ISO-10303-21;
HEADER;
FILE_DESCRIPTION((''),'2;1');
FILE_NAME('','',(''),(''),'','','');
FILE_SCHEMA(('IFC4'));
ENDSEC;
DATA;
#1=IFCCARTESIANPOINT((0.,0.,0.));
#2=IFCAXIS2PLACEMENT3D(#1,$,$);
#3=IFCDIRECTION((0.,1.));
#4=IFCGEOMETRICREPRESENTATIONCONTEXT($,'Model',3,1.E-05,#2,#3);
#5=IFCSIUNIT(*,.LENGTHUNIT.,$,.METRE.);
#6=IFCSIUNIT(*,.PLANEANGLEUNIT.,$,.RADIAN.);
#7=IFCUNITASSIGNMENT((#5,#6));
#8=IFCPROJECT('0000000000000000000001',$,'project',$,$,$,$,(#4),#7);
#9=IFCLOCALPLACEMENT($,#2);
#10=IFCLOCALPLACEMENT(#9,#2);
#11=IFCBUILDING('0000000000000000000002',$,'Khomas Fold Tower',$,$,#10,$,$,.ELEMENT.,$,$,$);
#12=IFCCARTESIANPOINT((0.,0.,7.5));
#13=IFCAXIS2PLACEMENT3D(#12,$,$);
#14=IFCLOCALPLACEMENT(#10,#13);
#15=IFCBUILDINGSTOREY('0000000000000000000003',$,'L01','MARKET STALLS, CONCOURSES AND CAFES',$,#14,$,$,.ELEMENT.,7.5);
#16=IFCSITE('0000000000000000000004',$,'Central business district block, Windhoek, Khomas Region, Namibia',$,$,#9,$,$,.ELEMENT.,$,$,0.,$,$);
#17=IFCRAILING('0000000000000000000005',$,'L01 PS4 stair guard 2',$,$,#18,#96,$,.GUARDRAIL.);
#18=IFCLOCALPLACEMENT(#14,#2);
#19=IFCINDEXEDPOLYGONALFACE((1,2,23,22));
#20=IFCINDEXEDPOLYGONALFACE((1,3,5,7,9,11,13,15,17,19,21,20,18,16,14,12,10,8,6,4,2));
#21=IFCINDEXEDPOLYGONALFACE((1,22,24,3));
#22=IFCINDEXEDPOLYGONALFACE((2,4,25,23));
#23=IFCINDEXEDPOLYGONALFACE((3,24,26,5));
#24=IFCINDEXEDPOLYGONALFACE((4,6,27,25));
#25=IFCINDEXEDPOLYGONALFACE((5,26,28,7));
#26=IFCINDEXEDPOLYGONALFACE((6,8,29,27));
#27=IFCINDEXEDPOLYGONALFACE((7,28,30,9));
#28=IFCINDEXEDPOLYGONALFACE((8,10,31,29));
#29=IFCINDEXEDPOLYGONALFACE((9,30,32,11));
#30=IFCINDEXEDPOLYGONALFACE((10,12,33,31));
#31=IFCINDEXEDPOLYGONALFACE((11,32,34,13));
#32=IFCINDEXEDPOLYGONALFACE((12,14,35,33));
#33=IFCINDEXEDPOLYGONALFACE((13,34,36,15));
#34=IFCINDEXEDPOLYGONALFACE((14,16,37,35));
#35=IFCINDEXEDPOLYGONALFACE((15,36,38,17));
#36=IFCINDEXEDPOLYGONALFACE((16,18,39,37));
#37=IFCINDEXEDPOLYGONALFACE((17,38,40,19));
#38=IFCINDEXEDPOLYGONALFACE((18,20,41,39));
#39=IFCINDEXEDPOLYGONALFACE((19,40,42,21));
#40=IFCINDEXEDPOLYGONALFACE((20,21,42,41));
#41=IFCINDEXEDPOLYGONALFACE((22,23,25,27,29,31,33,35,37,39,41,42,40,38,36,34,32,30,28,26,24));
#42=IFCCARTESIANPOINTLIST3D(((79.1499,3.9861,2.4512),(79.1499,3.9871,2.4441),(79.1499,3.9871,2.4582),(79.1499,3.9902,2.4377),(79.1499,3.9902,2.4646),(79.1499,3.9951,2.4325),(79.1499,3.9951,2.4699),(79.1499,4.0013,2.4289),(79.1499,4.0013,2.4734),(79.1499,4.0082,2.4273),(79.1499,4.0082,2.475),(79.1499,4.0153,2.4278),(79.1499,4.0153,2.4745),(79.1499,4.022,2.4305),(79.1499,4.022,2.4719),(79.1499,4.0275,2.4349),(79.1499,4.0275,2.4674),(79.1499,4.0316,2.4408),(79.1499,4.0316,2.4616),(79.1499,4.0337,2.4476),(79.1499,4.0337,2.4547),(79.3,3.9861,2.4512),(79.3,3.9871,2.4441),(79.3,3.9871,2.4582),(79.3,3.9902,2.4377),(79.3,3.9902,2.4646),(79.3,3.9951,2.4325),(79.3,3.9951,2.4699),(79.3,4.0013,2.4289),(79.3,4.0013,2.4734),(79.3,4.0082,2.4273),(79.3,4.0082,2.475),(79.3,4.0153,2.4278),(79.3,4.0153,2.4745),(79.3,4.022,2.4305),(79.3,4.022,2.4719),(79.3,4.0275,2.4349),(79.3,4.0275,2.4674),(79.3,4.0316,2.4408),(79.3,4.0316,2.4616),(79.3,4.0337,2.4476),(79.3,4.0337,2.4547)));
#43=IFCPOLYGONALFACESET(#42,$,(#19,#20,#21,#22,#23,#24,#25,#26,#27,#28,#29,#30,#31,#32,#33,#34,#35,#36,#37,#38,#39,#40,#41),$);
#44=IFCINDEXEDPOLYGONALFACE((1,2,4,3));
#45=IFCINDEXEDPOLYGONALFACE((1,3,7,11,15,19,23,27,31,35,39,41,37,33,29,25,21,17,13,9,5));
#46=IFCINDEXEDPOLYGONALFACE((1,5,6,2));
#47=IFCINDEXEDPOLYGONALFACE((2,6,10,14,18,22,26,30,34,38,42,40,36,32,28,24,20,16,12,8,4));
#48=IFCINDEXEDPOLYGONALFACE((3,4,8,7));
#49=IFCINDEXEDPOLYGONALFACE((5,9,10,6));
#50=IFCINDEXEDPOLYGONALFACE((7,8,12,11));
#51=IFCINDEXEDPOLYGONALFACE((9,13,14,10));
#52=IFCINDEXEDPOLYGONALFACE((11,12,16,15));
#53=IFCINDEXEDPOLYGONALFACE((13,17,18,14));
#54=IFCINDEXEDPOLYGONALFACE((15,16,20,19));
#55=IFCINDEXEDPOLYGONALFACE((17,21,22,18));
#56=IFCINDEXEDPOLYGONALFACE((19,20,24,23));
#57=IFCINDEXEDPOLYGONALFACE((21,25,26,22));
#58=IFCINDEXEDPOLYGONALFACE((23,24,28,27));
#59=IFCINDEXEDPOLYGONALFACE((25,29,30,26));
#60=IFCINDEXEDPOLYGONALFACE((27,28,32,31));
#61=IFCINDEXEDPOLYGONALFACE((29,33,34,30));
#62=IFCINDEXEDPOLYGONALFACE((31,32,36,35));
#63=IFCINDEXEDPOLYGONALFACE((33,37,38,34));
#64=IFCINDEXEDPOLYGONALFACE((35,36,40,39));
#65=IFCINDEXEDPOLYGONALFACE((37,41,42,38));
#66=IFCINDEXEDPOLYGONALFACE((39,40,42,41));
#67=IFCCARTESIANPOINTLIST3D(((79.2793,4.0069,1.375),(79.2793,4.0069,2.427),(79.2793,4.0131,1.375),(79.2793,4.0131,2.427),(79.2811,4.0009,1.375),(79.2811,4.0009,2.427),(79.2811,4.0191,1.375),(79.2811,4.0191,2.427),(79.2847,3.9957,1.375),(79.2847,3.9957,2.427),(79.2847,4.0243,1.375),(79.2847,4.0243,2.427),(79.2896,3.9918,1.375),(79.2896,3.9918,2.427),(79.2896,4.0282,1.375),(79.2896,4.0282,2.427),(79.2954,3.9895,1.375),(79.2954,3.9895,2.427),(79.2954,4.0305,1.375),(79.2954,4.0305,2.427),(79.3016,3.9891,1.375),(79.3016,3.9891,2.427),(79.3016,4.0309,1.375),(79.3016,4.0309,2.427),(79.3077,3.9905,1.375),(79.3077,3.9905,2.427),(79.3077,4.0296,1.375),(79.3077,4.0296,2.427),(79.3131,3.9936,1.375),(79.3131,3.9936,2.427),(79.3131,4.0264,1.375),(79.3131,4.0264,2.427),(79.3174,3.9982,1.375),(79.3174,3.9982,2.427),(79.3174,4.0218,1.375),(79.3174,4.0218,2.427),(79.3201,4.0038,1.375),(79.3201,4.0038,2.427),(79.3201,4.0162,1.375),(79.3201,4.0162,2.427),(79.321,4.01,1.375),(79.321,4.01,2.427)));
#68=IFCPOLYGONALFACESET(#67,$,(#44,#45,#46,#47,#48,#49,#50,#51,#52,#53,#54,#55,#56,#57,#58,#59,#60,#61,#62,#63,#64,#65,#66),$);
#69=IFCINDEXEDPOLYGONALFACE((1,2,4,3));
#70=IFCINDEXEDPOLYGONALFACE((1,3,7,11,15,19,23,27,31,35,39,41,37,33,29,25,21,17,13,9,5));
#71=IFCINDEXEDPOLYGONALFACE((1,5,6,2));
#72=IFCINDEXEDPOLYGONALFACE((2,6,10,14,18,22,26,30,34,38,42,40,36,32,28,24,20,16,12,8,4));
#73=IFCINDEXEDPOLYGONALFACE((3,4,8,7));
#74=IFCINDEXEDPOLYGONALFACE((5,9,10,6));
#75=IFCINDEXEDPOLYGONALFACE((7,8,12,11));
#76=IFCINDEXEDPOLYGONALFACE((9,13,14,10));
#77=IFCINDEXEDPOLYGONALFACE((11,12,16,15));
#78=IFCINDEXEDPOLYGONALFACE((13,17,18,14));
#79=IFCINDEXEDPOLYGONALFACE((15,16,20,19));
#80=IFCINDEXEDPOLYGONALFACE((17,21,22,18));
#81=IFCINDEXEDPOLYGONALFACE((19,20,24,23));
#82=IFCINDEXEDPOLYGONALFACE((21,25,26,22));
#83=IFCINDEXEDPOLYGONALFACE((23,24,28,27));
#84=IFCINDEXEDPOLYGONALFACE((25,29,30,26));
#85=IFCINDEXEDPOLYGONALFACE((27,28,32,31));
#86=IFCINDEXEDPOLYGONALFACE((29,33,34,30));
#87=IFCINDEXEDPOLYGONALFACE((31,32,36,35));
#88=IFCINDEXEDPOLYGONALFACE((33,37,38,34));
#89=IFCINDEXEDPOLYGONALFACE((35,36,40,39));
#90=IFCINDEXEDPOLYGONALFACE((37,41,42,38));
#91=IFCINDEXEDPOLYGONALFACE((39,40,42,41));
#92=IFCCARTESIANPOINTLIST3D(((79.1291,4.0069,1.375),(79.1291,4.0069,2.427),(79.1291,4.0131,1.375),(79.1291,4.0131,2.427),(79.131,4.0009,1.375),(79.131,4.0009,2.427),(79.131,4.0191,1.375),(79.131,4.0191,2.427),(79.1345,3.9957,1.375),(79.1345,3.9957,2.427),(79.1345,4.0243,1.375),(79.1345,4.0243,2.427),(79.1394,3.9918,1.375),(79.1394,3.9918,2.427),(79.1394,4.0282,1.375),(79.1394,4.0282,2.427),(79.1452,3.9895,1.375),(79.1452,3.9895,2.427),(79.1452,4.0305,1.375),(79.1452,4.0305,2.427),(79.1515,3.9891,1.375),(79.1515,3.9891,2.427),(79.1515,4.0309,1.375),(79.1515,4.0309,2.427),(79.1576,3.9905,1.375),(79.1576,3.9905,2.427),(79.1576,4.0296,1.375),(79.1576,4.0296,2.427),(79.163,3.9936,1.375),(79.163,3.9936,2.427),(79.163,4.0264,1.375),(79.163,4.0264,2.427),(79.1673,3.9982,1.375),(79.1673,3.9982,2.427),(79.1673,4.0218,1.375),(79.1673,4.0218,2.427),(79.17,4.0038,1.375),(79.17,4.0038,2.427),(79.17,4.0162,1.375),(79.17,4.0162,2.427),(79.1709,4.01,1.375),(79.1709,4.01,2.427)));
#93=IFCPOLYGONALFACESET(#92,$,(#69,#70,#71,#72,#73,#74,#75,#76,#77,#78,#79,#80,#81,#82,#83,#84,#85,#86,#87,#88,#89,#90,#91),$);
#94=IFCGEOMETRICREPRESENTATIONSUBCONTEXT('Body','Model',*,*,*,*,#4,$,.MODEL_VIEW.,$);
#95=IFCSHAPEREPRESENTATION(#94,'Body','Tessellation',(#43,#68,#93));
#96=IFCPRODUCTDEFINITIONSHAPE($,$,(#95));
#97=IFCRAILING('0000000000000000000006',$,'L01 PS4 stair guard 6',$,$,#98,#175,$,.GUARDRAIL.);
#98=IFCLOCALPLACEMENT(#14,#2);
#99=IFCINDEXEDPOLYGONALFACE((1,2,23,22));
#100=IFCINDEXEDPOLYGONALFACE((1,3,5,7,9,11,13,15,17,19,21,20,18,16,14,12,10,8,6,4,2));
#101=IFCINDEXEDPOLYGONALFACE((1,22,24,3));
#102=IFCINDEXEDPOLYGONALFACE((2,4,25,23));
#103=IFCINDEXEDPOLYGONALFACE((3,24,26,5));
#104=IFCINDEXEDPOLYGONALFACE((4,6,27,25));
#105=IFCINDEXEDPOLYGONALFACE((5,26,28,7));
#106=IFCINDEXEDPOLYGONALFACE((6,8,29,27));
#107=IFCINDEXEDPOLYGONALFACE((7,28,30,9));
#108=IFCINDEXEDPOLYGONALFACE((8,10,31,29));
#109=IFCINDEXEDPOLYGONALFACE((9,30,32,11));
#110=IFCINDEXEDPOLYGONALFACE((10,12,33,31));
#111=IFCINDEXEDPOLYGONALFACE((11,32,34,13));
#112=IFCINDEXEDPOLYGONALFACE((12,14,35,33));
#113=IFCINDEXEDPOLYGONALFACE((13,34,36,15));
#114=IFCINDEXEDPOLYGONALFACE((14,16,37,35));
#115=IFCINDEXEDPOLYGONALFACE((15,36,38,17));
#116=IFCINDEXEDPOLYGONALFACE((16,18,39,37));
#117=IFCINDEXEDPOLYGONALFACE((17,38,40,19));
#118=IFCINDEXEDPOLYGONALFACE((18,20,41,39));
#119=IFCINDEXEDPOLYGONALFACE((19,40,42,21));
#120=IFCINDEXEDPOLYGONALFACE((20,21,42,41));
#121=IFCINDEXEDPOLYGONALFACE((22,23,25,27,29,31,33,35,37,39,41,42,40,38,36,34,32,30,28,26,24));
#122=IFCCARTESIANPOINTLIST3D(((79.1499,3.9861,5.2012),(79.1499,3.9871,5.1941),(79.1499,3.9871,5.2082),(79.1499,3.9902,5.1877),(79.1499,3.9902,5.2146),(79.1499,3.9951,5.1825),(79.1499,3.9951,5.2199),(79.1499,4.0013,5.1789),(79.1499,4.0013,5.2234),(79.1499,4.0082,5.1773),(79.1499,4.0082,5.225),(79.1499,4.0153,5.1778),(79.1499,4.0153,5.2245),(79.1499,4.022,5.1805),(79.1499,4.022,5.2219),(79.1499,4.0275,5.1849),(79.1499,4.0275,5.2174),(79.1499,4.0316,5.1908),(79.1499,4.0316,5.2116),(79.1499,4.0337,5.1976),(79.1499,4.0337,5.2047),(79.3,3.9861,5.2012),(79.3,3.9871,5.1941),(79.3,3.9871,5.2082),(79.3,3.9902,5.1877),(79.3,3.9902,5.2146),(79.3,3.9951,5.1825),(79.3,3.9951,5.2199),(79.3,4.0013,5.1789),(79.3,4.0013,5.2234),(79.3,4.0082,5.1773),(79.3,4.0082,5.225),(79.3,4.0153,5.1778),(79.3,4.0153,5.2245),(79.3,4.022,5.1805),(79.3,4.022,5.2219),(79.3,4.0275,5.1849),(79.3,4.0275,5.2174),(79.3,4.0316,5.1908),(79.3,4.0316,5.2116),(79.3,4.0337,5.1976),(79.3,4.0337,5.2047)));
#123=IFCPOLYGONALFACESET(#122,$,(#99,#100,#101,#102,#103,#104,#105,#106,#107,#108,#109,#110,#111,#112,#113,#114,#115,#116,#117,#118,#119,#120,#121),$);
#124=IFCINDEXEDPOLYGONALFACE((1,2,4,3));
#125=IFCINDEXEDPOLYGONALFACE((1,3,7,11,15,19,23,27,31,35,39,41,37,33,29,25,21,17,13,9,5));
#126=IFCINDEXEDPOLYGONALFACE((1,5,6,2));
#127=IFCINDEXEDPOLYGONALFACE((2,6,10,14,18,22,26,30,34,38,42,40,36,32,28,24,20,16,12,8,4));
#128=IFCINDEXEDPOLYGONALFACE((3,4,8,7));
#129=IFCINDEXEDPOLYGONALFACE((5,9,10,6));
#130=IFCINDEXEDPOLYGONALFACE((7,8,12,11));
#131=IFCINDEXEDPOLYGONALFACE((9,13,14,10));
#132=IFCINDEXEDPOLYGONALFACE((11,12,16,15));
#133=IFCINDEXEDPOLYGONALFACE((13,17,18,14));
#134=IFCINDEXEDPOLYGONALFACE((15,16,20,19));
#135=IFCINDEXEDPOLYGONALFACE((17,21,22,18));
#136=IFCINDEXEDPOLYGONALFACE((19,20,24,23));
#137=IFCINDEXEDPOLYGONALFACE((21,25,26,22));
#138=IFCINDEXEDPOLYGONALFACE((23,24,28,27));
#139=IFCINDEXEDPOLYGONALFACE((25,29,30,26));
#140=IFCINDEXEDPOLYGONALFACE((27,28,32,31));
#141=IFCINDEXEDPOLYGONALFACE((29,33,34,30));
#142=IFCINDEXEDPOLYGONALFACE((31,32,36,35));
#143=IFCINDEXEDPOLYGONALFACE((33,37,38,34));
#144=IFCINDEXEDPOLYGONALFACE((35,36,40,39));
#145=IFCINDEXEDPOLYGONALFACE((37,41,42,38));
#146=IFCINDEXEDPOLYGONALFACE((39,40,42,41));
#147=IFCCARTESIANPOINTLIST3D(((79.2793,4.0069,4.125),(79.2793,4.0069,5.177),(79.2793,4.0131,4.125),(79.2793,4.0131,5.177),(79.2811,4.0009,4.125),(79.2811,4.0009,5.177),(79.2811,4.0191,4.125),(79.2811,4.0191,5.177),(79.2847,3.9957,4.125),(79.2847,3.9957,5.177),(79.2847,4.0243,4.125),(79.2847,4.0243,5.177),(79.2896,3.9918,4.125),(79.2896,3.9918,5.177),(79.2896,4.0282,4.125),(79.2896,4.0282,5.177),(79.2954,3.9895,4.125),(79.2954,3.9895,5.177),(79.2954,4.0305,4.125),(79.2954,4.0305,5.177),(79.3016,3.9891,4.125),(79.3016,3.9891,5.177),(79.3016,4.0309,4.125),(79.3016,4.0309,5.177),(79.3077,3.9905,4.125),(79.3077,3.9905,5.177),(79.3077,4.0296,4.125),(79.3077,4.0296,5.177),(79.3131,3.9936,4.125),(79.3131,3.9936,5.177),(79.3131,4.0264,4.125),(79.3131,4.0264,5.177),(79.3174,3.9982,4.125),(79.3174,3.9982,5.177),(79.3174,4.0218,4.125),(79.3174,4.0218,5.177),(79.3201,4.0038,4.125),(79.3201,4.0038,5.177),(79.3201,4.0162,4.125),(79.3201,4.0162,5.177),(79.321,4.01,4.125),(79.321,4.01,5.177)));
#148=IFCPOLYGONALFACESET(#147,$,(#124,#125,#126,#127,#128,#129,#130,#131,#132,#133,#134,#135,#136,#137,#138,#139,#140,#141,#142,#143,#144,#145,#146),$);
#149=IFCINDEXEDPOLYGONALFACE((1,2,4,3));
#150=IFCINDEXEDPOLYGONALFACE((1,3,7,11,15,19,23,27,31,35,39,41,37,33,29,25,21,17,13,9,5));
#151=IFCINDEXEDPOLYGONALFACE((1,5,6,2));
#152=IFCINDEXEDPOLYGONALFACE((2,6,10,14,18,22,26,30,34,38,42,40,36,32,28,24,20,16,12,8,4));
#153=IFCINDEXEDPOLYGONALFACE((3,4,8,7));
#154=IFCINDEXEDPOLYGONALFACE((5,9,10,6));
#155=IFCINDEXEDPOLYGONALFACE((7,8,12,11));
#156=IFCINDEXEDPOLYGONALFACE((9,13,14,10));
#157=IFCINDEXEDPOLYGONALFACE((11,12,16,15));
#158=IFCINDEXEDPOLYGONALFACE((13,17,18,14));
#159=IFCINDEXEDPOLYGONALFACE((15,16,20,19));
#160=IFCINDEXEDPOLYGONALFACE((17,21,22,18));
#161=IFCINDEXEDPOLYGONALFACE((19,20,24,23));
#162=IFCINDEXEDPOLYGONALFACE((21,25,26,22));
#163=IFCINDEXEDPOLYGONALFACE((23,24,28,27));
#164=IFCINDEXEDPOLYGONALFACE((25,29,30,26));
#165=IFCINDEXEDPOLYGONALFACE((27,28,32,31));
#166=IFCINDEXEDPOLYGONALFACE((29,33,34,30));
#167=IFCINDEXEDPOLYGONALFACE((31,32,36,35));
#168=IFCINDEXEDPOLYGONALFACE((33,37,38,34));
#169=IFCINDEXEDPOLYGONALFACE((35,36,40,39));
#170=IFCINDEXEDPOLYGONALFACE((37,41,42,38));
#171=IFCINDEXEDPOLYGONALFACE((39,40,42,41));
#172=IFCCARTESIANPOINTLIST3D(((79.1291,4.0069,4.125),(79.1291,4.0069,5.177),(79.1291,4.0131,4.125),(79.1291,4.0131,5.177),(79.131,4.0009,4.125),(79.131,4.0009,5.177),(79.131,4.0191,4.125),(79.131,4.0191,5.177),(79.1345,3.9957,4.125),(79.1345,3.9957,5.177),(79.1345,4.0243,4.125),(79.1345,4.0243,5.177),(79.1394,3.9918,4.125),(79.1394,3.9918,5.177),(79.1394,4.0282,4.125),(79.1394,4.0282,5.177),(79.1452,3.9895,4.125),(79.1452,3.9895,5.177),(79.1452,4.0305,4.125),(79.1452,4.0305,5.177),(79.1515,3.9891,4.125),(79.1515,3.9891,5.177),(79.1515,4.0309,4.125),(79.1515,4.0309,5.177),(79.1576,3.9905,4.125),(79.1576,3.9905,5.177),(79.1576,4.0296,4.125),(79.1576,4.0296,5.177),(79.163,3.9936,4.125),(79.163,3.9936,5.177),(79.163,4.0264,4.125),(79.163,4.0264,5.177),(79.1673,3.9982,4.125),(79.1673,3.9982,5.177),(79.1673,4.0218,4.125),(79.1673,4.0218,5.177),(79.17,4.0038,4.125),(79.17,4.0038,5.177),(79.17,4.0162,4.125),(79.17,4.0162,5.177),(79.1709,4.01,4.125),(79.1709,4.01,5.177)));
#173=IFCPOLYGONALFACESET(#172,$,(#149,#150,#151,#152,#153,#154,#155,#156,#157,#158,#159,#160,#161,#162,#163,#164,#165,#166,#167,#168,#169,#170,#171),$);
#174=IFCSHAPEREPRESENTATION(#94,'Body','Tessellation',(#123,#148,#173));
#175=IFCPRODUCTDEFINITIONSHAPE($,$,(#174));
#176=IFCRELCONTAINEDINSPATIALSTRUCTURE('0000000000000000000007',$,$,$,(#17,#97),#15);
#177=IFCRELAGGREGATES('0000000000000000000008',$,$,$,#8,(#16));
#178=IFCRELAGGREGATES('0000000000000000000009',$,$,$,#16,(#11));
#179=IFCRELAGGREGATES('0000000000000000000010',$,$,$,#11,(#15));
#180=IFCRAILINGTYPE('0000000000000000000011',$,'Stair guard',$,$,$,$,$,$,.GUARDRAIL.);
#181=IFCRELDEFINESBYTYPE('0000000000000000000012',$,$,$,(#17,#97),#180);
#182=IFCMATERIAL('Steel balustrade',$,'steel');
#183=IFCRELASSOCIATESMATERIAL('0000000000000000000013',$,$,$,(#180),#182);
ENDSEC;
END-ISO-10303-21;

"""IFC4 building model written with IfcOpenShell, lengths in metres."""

from ifc_helpers import new_model, si_unit, direction, frame, origin, origin_2d, place, context, subcontext, project, spatial, circle, extrude, source, transform, mapped, material, type_object, element, save


model = new_model("IFC4")

# Units and contexts
model_context = context("Model", 3, precision=1e-05, world=origin(), true_north=direction((0.0, 1.0)))
body_context = subcontext(model_context, "Body", "Model", "MODEL_VIEW")
ifc_project = project(units=[si_unit("LENGTHUNIT", "METRE"), si_unit("PLANEANGLEUNIT", "RADIAN")], contexts=[model_context])

# Site, building, storey
site_placement = place(None, origin())
site = spatial("IfcSite", under=ifc_project, at=site_placement, Name="Central business district block, Windhoek, Khomas Region, Namibia", CompositionType="ELEMENT", RefElevation=0.0)
building_placement = place(site_placement, origin())
building = spatial("IfcBuilding", under=site, at=building_placement, Name="Khomas Fold Tower", CompositionType="ELEMENT")
storey_placement = place(building_placement, frame((0.0, 0.0, 7.5)))
storey = spatial("IfcBuildingStorey", under=building, at=storey_placement, Name="L01", Description="MARKET STALLS, CONCOURSES AND CAFES", CompositionType="ELEMENT", Elevation=7.5)

# Railings
ifc_material_1 = material(Name="Steel balustrade", Category="steel")
railing_type_1 = type_object("IfcRailingType", Name="Stair guard", PredefinedType="GUARDRAIL", material=ifc_material_1)
shared_shape_1 = source(origin(), body_context, "Body", "SweptSolid", [
    extrude(circle(Radius=0.0239, at=origin_2d()), frame((0.0, 0.0, 1.0762), z_axis=(-1.0, 0.0, 0.0), x_axis=(0.0, -1.0, 0.0)), (0.0, 0.0, 1.0), 0.1501),
    extrude(circle(Radius=0.021, at=origin_2d()), origin(), (0.0, 0.0, 1.0), 1.052),
    extrude(circle(Radius=0.021, at=origin_2d()), frame((-0.1501, 0.0, 0.0)), (0.0, 0.0, 1.0), 1.052),
])
for number, where, name in (
    (1, (79.3, 4.01, 1.375), "L01 PS4 stair guard 2"),
    (2, (79.3, 4.01, 4.125), "L01 PS4 stair guard 6"),
):
    element("IfcRailing", number, at=place(storey_placement, frame(where)), inside=storey, type_object=railing_type_1, Name=name, PredefinedType="GUARDRAIL", context=body_context, shape_type="MappedRepresentation", body=[
        mapped(shared_shape_1, transform((0.0, 0.0, 0.0))),
    ])

save(model, "model.ifc")
